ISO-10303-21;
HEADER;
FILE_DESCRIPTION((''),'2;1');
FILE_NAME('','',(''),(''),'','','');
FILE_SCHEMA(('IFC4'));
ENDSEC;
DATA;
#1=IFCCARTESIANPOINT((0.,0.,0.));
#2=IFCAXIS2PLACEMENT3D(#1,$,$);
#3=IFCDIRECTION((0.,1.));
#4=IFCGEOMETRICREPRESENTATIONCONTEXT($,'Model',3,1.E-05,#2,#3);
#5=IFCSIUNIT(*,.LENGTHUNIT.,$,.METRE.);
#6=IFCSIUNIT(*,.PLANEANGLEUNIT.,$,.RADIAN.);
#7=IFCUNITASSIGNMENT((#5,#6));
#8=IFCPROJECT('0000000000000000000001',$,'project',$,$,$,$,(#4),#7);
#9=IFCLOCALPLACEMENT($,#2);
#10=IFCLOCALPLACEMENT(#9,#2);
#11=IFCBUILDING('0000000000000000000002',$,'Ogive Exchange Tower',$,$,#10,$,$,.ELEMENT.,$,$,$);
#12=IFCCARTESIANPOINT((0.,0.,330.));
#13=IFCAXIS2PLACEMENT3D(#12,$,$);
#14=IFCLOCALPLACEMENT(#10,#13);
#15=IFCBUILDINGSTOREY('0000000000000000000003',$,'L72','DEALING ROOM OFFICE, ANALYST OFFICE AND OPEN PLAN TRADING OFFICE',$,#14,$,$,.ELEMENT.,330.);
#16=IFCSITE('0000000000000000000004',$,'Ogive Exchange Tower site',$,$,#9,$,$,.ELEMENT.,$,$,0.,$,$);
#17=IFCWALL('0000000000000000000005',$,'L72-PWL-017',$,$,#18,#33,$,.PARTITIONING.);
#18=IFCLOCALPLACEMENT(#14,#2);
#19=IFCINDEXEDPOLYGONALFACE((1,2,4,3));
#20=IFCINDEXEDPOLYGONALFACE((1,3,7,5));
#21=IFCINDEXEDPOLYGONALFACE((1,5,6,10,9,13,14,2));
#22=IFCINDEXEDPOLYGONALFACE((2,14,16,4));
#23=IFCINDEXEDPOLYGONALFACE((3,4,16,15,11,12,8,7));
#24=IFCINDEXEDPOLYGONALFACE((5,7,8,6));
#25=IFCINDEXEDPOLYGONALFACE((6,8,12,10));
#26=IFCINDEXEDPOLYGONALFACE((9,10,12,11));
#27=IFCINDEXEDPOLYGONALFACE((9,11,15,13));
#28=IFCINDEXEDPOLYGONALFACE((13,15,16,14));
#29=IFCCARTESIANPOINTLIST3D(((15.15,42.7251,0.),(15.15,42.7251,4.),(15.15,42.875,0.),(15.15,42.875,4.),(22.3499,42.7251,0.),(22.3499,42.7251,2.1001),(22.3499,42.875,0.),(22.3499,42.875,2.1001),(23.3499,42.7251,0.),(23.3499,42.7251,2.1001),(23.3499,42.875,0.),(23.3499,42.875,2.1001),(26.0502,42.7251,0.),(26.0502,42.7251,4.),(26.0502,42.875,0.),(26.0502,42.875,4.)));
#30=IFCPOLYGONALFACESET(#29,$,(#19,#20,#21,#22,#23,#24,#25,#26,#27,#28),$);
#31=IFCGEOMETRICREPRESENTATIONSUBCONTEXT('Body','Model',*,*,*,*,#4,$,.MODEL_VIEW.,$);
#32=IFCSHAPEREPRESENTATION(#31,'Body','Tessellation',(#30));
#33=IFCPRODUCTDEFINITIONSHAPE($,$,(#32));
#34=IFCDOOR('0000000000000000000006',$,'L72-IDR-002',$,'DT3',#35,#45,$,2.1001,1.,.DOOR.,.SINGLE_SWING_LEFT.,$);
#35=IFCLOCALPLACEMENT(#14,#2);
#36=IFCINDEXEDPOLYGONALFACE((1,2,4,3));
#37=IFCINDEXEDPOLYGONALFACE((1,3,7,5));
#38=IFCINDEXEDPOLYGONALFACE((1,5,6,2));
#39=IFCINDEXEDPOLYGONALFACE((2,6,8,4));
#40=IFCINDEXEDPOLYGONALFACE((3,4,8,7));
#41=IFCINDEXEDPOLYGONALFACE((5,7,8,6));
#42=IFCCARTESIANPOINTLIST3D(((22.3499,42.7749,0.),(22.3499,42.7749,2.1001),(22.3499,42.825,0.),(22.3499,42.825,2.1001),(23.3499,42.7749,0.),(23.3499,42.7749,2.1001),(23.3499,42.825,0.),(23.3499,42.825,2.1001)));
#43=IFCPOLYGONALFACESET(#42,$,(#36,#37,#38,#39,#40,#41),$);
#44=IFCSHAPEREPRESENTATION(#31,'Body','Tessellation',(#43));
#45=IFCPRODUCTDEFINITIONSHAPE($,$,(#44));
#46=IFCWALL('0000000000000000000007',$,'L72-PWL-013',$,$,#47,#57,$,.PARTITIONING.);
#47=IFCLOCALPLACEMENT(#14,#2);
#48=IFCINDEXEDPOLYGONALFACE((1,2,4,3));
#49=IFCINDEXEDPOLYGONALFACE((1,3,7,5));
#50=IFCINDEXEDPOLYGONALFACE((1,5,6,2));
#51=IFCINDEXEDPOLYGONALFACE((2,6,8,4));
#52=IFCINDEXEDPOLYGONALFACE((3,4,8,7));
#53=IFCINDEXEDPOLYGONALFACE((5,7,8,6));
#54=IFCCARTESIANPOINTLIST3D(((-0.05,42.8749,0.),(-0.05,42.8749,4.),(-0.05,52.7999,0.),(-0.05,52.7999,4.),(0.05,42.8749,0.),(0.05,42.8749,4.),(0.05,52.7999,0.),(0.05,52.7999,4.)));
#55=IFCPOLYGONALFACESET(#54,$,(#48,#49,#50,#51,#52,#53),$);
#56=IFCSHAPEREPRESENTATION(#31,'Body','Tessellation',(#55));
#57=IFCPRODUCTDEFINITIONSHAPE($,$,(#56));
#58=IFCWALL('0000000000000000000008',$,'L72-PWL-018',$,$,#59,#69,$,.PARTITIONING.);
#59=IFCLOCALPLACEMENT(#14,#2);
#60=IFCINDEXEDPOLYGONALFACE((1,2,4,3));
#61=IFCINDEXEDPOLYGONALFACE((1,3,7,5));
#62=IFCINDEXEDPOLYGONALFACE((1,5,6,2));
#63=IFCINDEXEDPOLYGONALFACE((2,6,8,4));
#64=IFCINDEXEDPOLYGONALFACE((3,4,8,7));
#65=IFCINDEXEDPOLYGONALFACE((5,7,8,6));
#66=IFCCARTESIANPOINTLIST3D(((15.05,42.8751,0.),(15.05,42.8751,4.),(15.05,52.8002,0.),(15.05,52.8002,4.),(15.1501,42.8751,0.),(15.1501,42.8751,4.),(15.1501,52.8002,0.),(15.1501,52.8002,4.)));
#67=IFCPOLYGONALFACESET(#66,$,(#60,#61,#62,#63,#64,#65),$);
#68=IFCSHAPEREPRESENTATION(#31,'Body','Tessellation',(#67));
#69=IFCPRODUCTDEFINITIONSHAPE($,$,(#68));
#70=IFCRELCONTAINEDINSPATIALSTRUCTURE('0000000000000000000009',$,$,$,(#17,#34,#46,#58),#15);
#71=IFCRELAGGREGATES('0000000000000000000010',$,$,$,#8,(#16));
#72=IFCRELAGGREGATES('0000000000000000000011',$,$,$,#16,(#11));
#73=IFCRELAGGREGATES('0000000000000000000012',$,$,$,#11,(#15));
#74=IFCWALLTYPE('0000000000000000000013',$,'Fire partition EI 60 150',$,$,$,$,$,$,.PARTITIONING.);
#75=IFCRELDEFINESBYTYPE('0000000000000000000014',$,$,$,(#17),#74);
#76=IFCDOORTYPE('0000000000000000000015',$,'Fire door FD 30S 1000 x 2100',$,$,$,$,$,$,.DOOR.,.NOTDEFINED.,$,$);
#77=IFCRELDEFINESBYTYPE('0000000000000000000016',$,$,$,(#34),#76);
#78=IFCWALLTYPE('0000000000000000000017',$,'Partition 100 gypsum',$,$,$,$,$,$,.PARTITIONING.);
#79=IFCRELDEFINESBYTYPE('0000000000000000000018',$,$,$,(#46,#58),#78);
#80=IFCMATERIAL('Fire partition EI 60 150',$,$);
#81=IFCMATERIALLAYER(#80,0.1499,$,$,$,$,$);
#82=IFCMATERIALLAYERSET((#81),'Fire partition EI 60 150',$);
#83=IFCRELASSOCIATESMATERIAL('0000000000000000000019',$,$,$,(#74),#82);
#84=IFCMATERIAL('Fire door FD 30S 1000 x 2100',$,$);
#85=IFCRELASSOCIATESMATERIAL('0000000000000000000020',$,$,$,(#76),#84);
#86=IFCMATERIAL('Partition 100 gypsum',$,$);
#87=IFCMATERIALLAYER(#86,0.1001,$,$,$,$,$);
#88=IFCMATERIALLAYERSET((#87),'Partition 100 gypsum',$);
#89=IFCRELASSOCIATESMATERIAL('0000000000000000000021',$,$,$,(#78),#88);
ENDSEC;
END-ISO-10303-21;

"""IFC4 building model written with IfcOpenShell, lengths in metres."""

from ifc_helpers import new_model, si_unit, direction, frame, frame_2d, origin, place, context, subcontext, project, spatial, rectangle, extrude, material, layer, layer_set, type_object, element, fill, save


model = new_model("IFC4")

# Units and contexts
model_context = context("Model", 3, precision=1e-05, world=origin(), true_north=direction((0.0, 1.0)))
body_context = subcontext(model_context, "Body", "Model", "MODEL_VIEW")
ifc_project = project(units=[si_unit("LENGTHUNIT", "METRE"), si_unit("PLANEANGLEUNIT", "RADIAN")], contexts=[model_context])

# Site, building, storey
site_placement = place(None, origin())
site = spatial("IfcSite", under=ifc_project, at=site_placement, Name="Ogive Exchange Tower site", CompositionType="ELEMENT", RefElevation=0.0)
building_placement = place(site_placement, origin())
building = spatial("IfcBuilding", under=site, at=building_placement, Name="Ogive Exchange Tower", CompositionType="ELEMENT")
storey_placement = place(building_placement, frame((0.0, 0.0, 330.0)))
storey = spatial("IfcBuildingStorey", under=building, at=storey_placement, Name="L72", Description="DEALING ROOM OFFICE, ANALYST OFFICE AND OPEN PLAN TRADING OFFICE", CompositionType="ELEMENT", Elevation=330.0)

# Shared definitions
ifc_material_1 = material(Name="Fire partition EI 60 150")
ifc_layer_1 = layer(ifc_material_1, 0.1499)
ifc_layer_set_1 = layer_set([ifc_layer_1], Name="Fire partition EI 60 150")
wall_type_1 = type_object("IfcWallType", Name="Fire partition EI 60 150", PredefinedType="PARTITIONING", material=ifc_layer_set_1)

# Shared definitions
ifc_material_2 = material(Name="Fire door FD 30S 1000 x 2100")
door_type = type_object("IfcDoorType", Name="Fire door FD 30S 1000 x 2100", OperationType="NOTDEFINED", PredefinedType="DOOR", material=ifc_material_2)

# Wall, opening, door
wall_1_placement = place(storey_placement, frame((15.1499, 42.8, 0.0), z_axis=(0.0, 0.0, 1.0), x_axis=(1.0, 0.0, 0.0)))
wall_1 = element("IfcWall", 1, at=wall_1_placement, inside=storey, type_object=wall_type_1, Name="L72-PWL-017", PredefinedType="PARTITIONING", context=body_context, shape_type="SweptSolid", body=[
    extrude(rectangle(XDim=10.9001, YDim=0.1499, at=frame_2d((5.4502, 0.0))), origin(), (0.0, 0.0, 1.0), 4.0),
])
opening_1_placement = place(wall_1_placement, frame((7.2, 0.0, 0.0)))
opening_1 = element("IfcOpeningElement", 2, at=opening_1_placement, cuts=wall_1, PredefinedType="OPENING", context=body_context, shape_type="SweptSolid", body=[
    extrude(rectangle(XDim=1.0, YDim=2.1001, at=frame_2d((0.5, 1.05))), frame((0.0, 0.085, 0.0), z_axis=(0.0, -1.0, 0.0), x_axis=(1.0, 0.0, 0.0)), (0.0, 0.0, 1.0), 0.1699),
])
door_1_placement = place(opening_1_placement, origin())
door_1 = element("IfcDoor", 3, at=door_1_placement, inside=storey, type_object=door_type, Name="L72-IDR-002", ObjectType="DT3", OperationType="SINGLE_SWING_LEFT", OverallHeight=2.1001, OverallWidth=1.0, PredefinedType="DOOR", context=body_context, shape_type="SweptSolid", body=[
    extrude(rectangle(XDim=1.0, YDim=2.1001, at=frame_2d((0.5, 1.05))), frame((0.0, 0.0249, 0.0), z_axis=(0.0, -1.0, 0.0), x_axis=(1.0, 0.0, 0.0)), (0.0, 0.0, 1.0), 0.05),
])
fill(opening_1, door_1)

# Walls
ifc_material_3 = material(Name="Partition 100 gypsum")
ifc_layer_2 = layer(ifc_material_3, 0.1001)
ifc_layer_set_2 = layer_set([ifc_layer_2], Name="Partition 100 gypsum")
wall_type_2 = type_object("IfcWallType", Name="Partition 100 gypsum", PredefinedType="PARTITIONING", material=ifc_layer_set_2)
for number, where, z_axis, x_axis, name in (
    (4, (0.0, 42.875, 0.0), (0.0, 0.0, 1.0), (0.0, 1.0, 0.0), "L72-PWL-013"),
    (5, (15.1001, 52.8, 0.0), (0.0, 0.0, 1.0), (0.0, -1.0, 0.0), "L72-PWL-018"),
):
    element("IfcWall", number, at=place(storey_placement, frame(where, z_axis=z_axis, x_axis=x_axis)), inside=storey, type_object=wall_type_2, Name=name, PredefinedType="PARTITIONING", context=body_context, shape_type="SweptSolid", body=[
        extrude(rectangle(XDim=9.925, YDim=0.1001, at=frame_2d((4.9624, 0.0))), origin(), (0.0, 0.0, 1.0), 4.0),
    ])

save(model, "model.ifc")
